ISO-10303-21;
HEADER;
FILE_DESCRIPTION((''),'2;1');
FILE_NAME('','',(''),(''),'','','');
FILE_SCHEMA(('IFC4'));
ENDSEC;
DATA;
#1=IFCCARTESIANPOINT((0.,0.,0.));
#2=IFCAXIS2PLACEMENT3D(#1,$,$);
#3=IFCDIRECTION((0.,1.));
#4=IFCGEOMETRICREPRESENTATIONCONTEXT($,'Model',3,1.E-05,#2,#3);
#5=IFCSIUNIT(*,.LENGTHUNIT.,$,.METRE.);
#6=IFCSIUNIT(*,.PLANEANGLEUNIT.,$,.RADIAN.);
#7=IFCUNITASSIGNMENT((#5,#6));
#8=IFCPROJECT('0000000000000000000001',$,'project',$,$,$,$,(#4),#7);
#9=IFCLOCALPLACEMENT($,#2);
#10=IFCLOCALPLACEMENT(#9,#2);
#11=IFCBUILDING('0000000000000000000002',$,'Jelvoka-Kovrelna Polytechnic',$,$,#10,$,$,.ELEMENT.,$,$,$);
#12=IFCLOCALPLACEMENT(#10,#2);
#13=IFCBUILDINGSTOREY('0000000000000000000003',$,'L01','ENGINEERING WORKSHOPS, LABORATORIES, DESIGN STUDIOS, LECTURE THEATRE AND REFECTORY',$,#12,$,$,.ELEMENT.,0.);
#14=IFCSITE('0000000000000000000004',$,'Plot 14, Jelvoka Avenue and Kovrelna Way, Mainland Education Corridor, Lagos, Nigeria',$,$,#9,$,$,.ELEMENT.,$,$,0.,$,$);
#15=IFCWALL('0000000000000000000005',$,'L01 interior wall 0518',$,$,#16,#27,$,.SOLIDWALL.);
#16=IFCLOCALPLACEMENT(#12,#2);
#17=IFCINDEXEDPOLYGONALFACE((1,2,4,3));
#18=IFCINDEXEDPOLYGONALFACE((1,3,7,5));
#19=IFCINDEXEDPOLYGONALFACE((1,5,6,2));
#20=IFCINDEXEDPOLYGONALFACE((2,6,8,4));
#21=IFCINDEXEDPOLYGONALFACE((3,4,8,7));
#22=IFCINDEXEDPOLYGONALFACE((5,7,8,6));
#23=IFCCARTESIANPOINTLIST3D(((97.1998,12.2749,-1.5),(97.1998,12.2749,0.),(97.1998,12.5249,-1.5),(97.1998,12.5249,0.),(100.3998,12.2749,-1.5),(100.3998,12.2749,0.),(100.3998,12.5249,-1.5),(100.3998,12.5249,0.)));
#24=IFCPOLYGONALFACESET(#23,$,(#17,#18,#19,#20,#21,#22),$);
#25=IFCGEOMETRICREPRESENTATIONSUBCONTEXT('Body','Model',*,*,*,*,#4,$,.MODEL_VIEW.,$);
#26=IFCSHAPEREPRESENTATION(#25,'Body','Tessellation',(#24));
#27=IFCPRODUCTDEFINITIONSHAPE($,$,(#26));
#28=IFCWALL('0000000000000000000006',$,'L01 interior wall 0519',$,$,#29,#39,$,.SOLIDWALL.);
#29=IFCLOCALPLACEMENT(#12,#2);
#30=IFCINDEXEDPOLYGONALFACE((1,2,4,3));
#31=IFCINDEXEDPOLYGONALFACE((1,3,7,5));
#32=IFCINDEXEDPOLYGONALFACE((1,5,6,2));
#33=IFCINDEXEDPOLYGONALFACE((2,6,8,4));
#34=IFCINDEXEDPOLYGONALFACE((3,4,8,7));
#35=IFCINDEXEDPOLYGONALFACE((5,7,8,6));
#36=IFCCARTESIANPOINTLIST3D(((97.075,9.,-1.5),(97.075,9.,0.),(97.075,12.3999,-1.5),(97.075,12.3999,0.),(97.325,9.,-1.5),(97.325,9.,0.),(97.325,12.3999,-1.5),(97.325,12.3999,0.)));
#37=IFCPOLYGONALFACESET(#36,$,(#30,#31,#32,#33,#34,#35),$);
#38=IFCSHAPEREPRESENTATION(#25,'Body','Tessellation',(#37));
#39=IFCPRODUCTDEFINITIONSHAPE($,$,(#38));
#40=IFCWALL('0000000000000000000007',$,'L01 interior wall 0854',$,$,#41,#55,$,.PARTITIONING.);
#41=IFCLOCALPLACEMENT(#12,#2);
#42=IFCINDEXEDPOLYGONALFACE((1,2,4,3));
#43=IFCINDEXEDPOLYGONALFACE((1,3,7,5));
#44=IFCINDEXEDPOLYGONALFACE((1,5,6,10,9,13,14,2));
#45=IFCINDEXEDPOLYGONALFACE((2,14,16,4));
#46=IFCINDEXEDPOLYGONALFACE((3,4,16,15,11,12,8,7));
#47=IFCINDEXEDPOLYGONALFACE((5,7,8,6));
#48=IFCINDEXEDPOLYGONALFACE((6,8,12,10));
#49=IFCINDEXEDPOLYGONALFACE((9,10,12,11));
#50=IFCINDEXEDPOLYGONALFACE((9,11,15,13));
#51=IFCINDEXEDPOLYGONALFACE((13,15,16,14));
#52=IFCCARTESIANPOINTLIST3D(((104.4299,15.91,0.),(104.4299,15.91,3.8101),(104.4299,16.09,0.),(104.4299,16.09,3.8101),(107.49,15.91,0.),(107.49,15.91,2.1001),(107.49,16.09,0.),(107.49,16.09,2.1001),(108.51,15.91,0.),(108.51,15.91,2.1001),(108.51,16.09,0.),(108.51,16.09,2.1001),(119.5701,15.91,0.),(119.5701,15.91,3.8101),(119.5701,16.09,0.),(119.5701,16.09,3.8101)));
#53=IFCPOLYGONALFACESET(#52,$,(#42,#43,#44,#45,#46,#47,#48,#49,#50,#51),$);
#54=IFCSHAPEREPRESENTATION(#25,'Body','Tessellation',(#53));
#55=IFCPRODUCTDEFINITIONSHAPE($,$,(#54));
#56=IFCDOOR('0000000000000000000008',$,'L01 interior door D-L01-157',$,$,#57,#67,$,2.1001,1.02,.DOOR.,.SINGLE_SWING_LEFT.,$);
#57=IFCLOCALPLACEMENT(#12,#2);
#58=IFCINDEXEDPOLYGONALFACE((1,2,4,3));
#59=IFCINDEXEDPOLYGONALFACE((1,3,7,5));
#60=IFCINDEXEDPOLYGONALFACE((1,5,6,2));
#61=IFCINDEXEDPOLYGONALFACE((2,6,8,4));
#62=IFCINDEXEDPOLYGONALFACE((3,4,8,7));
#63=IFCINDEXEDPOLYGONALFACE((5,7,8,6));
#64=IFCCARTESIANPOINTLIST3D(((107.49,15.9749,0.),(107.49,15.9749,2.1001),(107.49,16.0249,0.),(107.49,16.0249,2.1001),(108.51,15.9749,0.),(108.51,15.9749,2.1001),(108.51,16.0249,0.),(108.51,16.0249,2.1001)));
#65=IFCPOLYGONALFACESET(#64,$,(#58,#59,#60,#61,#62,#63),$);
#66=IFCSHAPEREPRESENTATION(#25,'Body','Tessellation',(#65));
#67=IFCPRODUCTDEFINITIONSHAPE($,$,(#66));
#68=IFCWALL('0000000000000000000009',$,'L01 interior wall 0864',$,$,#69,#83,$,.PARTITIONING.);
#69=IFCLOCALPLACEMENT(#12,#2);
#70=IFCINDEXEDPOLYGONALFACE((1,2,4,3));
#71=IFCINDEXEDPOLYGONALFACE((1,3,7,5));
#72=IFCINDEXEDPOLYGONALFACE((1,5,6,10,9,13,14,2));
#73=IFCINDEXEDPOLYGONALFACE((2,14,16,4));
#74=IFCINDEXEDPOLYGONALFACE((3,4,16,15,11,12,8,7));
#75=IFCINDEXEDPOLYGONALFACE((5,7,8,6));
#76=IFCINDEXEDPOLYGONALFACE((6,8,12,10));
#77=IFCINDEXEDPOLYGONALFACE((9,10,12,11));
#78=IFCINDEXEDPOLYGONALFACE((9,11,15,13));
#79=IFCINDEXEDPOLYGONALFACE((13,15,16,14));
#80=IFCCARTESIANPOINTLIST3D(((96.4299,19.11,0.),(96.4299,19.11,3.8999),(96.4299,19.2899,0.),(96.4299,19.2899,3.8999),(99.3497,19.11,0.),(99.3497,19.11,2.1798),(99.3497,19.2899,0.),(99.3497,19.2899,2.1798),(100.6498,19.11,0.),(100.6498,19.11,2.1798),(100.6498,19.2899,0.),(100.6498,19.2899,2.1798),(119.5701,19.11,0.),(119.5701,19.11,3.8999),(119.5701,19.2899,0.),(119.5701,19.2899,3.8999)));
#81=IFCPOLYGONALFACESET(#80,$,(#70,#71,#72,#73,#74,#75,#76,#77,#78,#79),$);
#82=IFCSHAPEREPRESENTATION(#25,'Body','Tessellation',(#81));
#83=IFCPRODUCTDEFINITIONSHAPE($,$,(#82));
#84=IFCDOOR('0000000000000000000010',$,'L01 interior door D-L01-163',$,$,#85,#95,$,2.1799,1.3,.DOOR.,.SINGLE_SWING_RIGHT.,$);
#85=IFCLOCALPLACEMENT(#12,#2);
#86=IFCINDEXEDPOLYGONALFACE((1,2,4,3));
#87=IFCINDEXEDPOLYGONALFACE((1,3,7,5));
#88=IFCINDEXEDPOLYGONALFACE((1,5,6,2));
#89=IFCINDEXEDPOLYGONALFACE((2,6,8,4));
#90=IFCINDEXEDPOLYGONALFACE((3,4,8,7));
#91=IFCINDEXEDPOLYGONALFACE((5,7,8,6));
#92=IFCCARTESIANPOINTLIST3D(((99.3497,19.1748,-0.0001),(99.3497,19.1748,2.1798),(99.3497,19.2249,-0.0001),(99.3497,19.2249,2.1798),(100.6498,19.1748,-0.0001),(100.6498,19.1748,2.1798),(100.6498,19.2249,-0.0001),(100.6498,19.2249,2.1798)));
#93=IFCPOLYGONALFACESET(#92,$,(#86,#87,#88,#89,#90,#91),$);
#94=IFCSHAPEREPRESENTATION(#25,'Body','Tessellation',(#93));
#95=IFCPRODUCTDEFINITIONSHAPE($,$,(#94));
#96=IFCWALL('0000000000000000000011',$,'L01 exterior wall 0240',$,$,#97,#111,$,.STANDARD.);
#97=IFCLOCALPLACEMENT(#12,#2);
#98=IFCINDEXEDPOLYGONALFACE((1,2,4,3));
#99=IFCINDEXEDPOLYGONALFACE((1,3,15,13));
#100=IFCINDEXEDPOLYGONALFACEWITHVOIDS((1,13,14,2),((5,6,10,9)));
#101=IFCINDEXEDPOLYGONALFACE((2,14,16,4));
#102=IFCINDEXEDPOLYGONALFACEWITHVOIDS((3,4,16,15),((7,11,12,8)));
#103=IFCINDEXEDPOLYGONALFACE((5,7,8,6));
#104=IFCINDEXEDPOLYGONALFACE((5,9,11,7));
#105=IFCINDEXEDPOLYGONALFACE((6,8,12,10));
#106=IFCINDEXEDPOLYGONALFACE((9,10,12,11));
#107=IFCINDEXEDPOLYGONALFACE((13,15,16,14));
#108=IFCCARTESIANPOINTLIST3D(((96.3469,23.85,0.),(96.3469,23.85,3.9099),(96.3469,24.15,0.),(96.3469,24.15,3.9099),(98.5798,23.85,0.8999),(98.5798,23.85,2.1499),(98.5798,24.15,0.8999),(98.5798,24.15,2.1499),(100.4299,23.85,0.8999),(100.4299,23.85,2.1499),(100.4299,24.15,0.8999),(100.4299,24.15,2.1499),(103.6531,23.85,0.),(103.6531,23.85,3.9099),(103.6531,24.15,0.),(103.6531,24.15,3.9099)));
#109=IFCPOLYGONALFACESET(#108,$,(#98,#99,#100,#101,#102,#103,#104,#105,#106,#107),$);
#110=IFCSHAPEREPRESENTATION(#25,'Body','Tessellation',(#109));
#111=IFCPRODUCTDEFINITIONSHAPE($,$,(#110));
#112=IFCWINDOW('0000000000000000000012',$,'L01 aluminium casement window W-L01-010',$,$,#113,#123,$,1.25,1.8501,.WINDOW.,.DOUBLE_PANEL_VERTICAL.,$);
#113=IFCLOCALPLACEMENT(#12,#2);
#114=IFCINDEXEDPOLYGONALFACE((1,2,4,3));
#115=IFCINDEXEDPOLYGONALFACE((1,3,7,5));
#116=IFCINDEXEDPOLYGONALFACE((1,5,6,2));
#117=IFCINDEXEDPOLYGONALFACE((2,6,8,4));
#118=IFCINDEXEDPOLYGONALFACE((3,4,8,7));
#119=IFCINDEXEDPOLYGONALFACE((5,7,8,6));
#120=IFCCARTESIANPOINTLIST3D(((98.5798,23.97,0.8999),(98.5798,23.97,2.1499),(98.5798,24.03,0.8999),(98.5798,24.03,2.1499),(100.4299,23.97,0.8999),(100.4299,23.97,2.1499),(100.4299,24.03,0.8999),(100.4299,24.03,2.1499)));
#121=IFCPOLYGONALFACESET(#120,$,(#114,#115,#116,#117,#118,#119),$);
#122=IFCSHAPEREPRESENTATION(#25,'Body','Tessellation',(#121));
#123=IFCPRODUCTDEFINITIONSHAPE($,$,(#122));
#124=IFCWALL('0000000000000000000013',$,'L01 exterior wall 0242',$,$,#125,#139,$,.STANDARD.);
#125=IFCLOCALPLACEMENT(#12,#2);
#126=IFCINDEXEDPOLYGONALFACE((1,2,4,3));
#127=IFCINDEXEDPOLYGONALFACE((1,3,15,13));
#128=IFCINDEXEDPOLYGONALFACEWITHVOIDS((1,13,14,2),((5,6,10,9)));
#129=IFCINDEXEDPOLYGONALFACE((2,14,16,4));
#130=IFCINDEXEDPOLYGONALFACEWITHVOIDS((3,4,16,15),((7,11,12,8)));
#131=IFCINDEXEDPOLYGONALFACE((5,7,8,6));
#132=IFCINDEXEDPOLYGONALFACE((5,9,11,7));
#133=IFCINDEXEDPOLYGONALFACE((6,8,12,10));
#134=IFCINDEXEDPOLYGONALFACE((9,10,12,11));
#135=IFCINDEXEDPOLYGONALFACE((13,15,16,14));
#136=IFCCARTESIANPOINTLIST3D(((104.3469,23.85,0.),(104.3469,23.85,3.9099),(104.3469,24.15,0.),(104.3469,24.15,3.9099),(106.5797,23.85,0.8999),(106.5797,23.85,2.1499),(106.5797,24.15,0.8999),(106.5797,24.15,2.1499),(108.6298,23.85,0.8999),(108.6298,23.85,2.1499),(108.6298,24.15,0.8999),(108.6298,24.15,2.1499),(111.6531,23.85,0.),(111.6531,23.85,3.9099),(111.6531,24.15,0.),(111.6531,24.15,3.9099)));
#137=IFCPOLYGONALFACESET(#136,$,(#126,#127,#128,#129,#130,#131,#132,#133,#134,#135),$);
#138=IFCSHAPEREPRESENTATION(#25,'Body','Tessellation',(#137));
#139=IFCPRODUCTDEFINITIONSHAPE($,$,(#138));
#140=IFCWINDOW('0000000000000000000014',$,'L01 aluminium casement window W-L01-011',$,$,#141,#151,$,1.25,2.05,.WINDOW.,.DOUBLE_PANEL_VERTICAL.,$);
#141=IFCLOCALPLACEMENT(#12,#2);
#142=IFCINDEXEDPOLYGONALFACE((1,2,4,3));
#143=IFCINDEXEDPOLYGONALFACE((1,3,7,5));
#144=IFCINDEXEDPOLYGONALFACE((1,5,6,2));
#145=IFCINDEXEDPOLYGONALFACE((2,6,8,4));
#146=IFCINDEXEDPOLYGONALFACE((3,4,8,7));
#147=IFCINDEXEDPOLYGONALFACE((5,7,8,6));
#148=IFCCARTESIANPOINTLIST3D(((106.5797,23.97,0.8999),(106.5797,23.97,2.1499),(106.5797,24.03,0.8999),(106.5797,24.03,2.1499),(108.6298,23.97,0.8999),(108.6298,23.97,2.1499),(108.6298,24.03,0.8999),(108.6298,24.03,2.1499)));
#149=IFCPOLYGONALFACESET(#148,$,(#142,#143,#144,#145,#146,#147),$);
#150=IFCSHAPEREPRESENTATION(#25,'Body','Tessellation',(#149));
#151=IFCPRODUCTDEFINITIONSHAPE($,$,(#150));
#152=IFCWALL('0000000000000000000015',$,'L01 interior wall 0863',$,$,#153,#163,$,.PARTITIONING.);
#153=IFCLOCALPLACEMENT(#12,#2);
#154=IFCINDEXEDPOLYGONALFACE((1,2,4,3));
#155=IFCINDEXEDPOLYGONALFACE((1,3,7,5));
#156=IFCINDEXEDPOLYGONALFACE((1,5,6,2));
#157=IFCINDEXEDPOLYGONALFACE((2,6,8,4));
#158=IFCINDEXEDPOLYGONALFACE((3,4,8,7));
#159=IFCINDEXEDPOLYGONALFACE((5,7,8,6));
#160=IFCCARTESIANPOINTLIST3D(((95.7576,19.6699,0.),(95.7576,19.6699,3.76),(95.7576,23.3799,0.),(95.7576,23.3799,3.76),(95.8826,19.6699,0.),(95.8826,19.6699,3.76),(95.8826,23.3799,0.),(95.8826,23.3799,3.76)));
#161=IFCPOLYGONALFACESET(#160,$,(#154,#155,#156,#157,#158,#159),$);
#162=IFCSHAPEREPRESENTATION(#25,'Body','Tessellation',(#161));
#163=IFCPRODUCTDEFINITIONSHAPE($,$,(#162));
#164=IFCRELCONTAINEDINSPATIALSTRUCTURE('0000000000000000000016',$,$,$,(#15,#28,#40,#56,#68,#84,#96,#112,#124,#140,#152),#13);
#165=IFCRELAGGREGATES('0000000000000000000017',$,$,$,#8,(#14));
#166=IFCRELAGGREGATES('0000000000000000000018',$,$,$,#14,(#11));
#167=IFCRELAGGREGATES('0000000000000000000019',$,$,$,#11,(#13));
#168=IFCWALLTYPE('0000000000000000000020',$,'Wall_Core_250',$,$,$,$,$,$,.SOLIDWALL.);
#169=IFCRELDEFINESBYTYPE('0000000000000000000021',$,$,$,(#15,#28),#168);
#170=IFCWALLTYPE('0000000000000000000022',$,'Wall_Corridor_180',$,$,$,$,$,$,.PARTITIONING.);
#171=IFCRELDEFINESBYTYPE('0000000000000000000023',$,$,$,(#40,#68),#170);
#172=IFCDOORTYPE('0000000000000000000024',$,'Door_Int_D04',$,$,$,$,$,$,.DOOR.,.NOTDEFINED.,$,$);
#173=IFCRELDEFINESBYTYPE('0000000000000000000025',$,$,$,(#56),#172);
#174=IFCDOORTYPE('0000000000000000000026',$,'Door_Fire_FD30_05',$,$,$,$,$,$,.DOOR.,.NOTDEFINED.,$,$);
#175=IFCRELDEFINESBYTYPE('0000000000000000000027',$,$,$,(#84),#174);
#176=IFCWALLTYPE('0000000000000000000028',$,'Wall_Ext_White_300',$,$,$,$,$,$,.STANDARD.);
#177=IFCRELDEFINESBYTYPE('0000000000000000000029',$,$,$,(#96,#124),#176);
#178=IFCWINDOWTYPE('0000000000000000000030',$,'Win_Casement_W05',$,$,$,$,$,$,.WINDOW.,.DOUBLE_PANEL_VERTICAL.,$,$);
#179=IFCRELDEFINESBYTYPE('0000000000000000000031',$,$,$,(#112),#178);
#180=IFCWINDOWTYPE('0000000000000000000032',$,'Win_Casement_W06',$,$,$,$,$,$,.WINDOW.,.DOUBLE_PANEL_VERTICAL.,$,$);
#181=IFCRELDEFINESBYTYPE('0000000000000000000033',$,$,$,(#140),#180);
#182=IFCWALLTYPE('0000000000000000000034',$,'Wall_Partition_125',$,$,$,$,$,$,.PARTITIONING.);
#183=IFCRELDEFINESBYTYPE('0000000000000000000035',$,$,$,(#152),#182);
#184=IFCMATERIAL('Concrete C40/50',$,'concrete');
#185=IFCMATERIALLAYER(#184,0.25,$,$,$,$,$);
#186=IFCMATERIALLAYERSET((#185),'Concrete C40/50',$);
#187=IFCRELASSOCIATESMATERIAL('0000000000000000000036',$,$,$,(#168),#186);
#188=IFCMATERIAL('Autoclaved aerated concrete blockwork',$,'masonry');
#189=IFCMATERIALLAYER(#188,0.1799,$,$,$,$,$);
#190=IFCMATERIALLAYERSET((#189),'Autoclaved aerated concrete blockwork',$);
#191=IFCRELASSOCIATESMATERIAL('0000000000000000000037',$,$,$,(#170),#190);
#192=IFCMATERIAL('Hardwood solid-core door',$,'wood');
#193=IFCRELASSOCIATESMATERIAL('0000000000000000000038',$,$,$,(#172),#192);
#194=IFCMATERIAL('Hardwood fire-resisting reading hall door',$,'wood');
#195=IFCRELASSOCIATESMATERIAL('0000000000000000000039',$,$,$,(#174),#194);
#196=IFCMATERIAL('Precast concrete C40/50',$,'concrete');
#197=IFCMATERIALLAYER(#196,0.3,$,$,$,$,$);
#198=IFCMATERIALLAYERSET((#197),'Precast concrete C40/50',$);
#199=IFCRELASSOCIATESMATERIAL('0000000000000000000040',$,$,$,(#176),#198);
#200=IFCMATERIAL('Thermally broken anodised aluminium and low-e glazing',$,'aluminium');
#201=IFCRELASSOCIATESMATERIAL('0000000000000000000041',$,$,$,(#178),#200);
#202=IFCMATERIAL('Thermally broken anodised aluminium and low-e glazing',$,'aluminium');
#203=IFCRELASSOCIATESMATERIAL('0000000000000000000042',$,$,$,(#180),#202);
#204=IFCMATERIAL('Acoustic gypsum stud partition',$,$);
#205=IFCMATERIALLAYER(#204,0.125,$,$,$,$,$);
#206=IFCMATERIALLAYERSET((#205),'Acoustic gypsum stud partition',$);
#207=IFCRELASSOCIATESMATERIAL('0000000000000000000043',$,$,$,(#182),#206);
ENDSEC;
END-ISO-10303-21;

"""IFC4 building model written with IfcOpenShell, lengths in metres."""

from ifc_helpers import new_model, si_unit, direction, frame, frame_2d, origin, place, context, subcontext, project, spatial, rectangle, extrude, material, layer, layer_set, type_object, element, fill, save


model = new_model("IFC4")

# Units and contexts
model_context = context("Model", 3, precision=1e-05, world=origin(), true_north=direction((0.0, 1.0)))
body_context = subcontext(model_context, "Body", "Model", "MODEL_VIEW")
ifc_project = project(units=[si_unit("LENGTHUNIT", "METRE"), si_unit("PLANEANGLEUNIT", "RADIAN")], contexts=[model_context])

# Site, building, storey
site_placement = place(None, origin())
site = spatial("IfcSite", under=ifc_project, at=site_placement, Name="Plot 14, Jelvoka Avenue and Kovrelna Way, Mainland Education Corridor, Lagos, Nigeria", CompositionType="ELEMENT", RefElevation=0.0)
building_placement = place(site_placement, origin())
building = spatial("IfcBuilding", under=site, at=building_placement, Name="Jelvoka-Kovrelna Polytechnic", CompositionType="ELEMENT")
storey_placement = place(building_placement, origin())
storey = spatial("IfcBuildingStorey", under=building, at=storey_placement, Name="L01", Description="ENGINEERING WORKSHOPS, LABORATORIES, DESIGN STUDIOS, LECTURE THEATRE AND REFECTORY", CompositionType="ELEMENT", Elevation=0.0)

# Walls
ifc_material_1 = material(Name="Concrete C40/50", Category="concrete")
ifc_layer_1 = layer(ifc_material_1, 0.25)
ifc_layer_set_1 = layer_set([ifc_layer_1], Name="Concrete C40/50")
wall_type_1 = type_object("IfcWallType", Name="Wall_Core_250", PredefinedType="SOLIDWALL", material=ifc_layer_set_1)
wall_1_placement = place(storey_placement, frame((100.3999, 12.3999, -1.5), z_axis=(0.0, 0.0, 1.0), x_axis=(-1.0, 0.0, 0.0)))
element("IfcWall", 1, at=wall_1_placement, inside=storey, type_object=wall_type_1, Name="L01 interior wall 0518", PredefinedType="SOLIDWALL", context=body_context, shape_type="SweptSolid", body=[
    extrude(rectangle(XDim=3.2, YDim=0.25, at=frame_2d((1.6001, 0.0))), origin(), (0.0, 0.0, 1.0), 1.5),
])
wall_2_placement = place(storey_placement, frame((97.2, 12.3999, -1.5), z_axis=(0.0, 0.0, 1.0), x_axis=(0.0, -1.0, 0.0)))
element("IfcWall", 2, at=wall_2_placement, inside=storey, type_object=wall_type_1, Name="L01 interior wall 0519", PredefinedType="SOLIDWALL", context=body_context, shape_type="SweptSolid", body=[
    extrude(rectangle(XDim=3.3999, YDim=0.25, at=frame_2d((1.7, 0.0))), origin(), (0.0, 0.0, 1.0), 1.5),
])

# Walls, openings, doors
ifc_material_2 = material(Name="Autoclaved aerated concrete blockwork", Category="masonry")
ifc_layer_2 = layer(ifc_material_2, 0.1799)
ifc_layer_set_2 = layer_set([ifc_layer_2], Name="Autoclaved aerated concrete blockwork")
wall_type_2 = type_object("IfcWallType", Name="Wall_Corridor_180", PredefinedType="PARTITIONING", material=ifc_layer_set_2)
wall_3_placement = place(storey_placement, frame((104.4299, 16.0, 0.0), z_axis=(0.0, 0.0, 1.0), x_axis=(1.0, 0.0, 0.0)))
wall_3 = element("IfcWall", 3, at=wall_3_placement, inside=storey, type_object=wall_type_2, Name="L01 interior wall 0854", PredefinedType="PARTITIONING", context=body_context, shape_type="SweptSolid", body=[
    extrude(rectangle(XDim=15.1401, YDim=0.1799, at=frame_2d((7.5701, 0.0))), origin(), (0.0, 0.0, 1.0), 3.8101),
])
opening_1_placement = place(wall_3_placement, frame((3.0601, 0.0, 0.0)))
opening_1 = element("IfcOpeningElement", 4, at=opening_1_placement, cuts=wall_3, PredefinedType="OPENING", context=body_context, shape_type="SweptSolid", body=[
    extrude(rectangle(XDim=1.02, YDim=2.1001, at=frame_2d((0.51, 1.05))), frame((0.0, 0.0999, 0.0), z_axis=(0.0, -1.0, 0.0), x_axis=(1.0, 0.0, 0.0)), (0.0, 0.0, 1.0), 0.2),
])
ifc_material_3 = material(Name="Hardwood solid-core door", Category="wood")
door_type_1 = type_object("IfcDoorType", Name="Door_Int_D04", OperationType="NOTDEFINED", PredefinedType="DOOR", material=ifc_material_3)
door_1_placement = place(opening_1_placement, origin())
door_1 = element("IfcDoor", 5, at=door_1_placement, inside=storey, type_object=door_type_1, Name="L01 interior door D-L01-157", OperationType="SINGLE_SWING_LEFT", OverallHeight=2.1001, OverallWidth=1.02, PredefinedType="DOOR", context=body_context, shape_type="SweptSolid", body=[
    extrude(rectangle(XDim=1.02, YDim=2.1001, at=frame_2d((0.51, 1.05))), frame((0.0, 0.0249, 0.0), z_axis=(0.0, -1.0, 0.0), x_axis=(1.0, 0.0, 0.0)), (0.0, 0.0, 1.0), 0.05),
])
fill(opening_1, door_1)
wall_4_placement = place(storey_placement, frame((96.4299, 19.2, 0.0), z_axis=(0.0, 0.0, 1.0), x_axis=(1.0, 0.0, 0.0)))
wall_4 = element("IfcWall", 6, at=wall_4_placement, inside=storey, type_object=wall_type_2, Name="L01 interior wall 0864", PredefinedType="PARTITIONING", context=body_context, shape_type="SweptSolid", body=[
    extrude(rectangle(XDim=23.1401, YDim=0.1799, at=frame_2d((11.5701, 0.0))), origin(), (0.0, 0.0, 1.0), 3.8999),
])
opening_2_placement = place(wall_4_placement, frame((2.9199, 0.0, 0.0)))
opening_2 = element("IfcOpeningElement", 7, at=opening_2_placement, cuts=wall_4, PredefinedType="OPENING", context=body_context, shape_type="SweptSolid", body=[
    extrude(rectangle(XDim=1.3, YDim=2.1799, at=frame_2d((0.6499, 1.0898))), frame((0.0, 0.0999, 0.0), z_axis=(0.0, -1.0, 0.0), x_axis=(1.0, 0.0, 0.0)), (0.0, 0.0, 1.0), 0.2),
])
ifc_material_4 = material(Name="Hardwood fire-resisting reading hall door", Category="wood")
door_type_2 = type_object("IfcDoorType", Name="Door_Fire_FD30_05", OperationType="NOTDEFINED", PredefinedType="DOOR", material=ifc_material_4)
door_2_placement = place(opening_2_placement, origin())
door_2 = element("IfcDoor", 8, at=door_2_placement, inside=storey, type_object=door_type_2, Name="L01 interior door D-L01-163", OperationType="SINGLE_SWING_RIGHT", OverallHeight=2.1799, OverallWidth=1.3, PredefinedType="DOOR", context=body_context, shape_type="SweptSolid", body=[
    extrude(rectangle(XDim=1.3, YDim=2.1799, at=frame_2d((0.6499, 1.0898))), frame((0.0, 0.0249, 0.0), z_axis=(0.0, -1.0, 0.0), x_axis=(1.0, 0.0, 0.0)), (0.0, 0.0, 1.0), 0.05),
])
fill(opening_2, door_2)

# Walls, openings, windows
ifc_material_5 = material(Name="Precast concrete C40/50", Category="concrete")
ifc_layer_3 = layer(ifc_material_5, 0.3)
ifc_layer_set_3 = layer_set([ifc_layer_3], Name="Precast concrete C40/50")
wall_type_3 = type_object("IfcWallType", Name="Wall_Ext_White_300", PredefinedType="STANDARD", material=ifc_layer_set_3)
wall_5_placement = place(storey_placement, frame((96.3469, 24.0, 0.0), z_axis=(0.0, 0.0, 1.0), x_axis=(1.0, 0.0, 0.0)))
wall_5 = element("IfcWall", 9, at=wall_5_placement, inside=storey, type_object=wall_type_3, Name="L01 exterior wall 0240", PredefinedType="STANDARD", context=body_context, shape_type="SweptSolid", body=[
    extrude(rectangle(XDim=7.3062, YDim=0.3, at=frame_2d((3.6531, 0.0))), origin(), (0.0, 0.0, 1.0), 3.9099),
])
opening_3_placement = place(wall_5_placement, frame((2.2329, 0.0, 0.8999)))
opening_3 = element("IfcOpeningElement", 10, at=opening_3_placement, cuts=wall_5, PredefinedType="OPENING", context=body_context, shape_type="SweptSolid", body=[
    extrude(rectangle(XDim=1.8501, YDim=1.25, at=frame_2d((0.925, 0.625))), frame((0.0, 0.1599, 0.0), z_axis=(0.0, -1.0, 0.0), x_axis=(1.0, 0.0, 0.0)), (0.0, 0.0, 1.0), 0.3201),
])
ifc_material_6 = material(Name="Thermally broken anodised aluminium and low-e glazing", Category="aluminium")
window_type_1 = type_object("IfcWindowType", Name="Win_Casement_W05", PartitioningType="DOUBLE_PANEL_VERTICAL", PredefinedType="WINDOW", material=ifc_material_6)
window_1_placement = place(opening_3_placement, origin())
window_1 = element("IfcWindow", 11, at=window_1_placement, inside=storey, type_object=window_type_1, Name="L01 aluminium casement window W-L01-010", OverallHeight=1.25, OverallWidth=1.8501, PartitioningType="DOUBLE_PANEL_VERTICAL", PredefinedType="WINDOW", context=body_context, shape_type="SweptSolid", body=[
    extrude(rectangle(XDim=1.8501, YDim=1.25, at=frame_2d((0.925, 0.625))), frame((0.0, 0.03, 0.0), z_axis=(0.0, -1.0, 0.0), x_axis=(1.0, 0.0, 0.0)), (0.0, 0.0, 1.0), 0.0601),
])
fill(opening_3, window_1)
wall_6_placement = place(storey_placement, frame((104.3469, 24.0, 0.0), z_axis=(0.0, 0.0, 1.0), x_axis=(1.0, 0.0, 0.0)))
wall_6 = element("IfcWall", 12, at=wall_6_placement, inside=storey, type_object=wall_type_3, Name="L01 exterior wall 0242", PredefinedType="STANDARD", context=body_context, shape_type="SweptSolid", body=[
    extrude(rectangle(XDim=7.3062, YDim=0.3, at=frame_2d((3.6531, 0.0))), origin(), (0.0, 0.0, 1.0), 3.9099),
])
opening_4_placement = place(wall_6_placement, frame((2.2329, 0.0, 0.8999)))
opening_4 = element("IfcOpeningElement", 13, at=opening_4_placement, cuts=wall_6, PredefinedType="OPENING", context=body_context, shape_type="SweptSolid", body=[
    extrude(rectangle(XDim=2.05, YDim=1.25, at=frame_2d((1.0249, 0.625))), frame((0.0, 0.1599, 0.0), z_axis=(0.0, -1.0, 0.0), x_axis=(1.0, 0.0, 0.0)), (0.0, 0.0, 1.0), 0.3201),
])
ifc_material_7 = material(Name="Thermally broken anodised aluminium and low-e glazing", Category="aluminium")
window_type_2 = type_object("IfcWindowType", Name="Win_Casement_W06", PartitioningType="DOUBLE_PANEL_VERTICAL", PredefinedType="WINDOW", material=ifc_material_7)
window_2_placement = place(opening_4_placement, origin())
window_2 = element("IfcWindow", 14, at=window_2_placement, inside=storey, type_object=window_type_2, Name="L01 aluminium casement window W-L01-011", OverallHeight=1.25, OverallWidth=2.05, PartitioningType="DOUBLE_PANEL_VERTICAL", PredefinedType="WINDOW", context=body_context, shape_type="SweptSolid", body=[
    extrude(rectangle(XDim=2.05, YDim=1.25, at=frame_2d((1.0249, 0.625))), frame((0.0, 0.03, 0.0), z_axis=(0.0, -1.0, 0.0), x_axis=(1.0, 0.0, 0.0)), (0.0, 0.0, 1.0), 0.0601),
])
fill(opening_4, window_2)

# Wall
ifc_material_8 = material(Name="Acoustic gypsum stud partition")
ifc_layer_4 = layer(ifc_material_8, 0.125)
ifc_layer_set_4 = layer_set([ifc_layer_4], Name="Acoustic gypsum stud partition")
wall_type_4 = type_object("IfcWallType", Name="Wall_Partition_125", PredefinedType="PARTITIONING", material=ifc_layer_set_4)
wall_7_placement = place(storey_placement, frame((95.8201, 19.6699, 0.0), z_axis=(0.0, 0.0, 1.0), x_axis=(0.0, 1.0, 0.0)))
element("IfcWall", 15, at=wall_7_placement, inside=storey, type_object=wall_type_4, Name="L01 interior wall 0863", PredefinedType="PARTITIONING", context=body_context, shape_type="SweptSolid", body=[
    extrude(rectangle(XDim=3.71, YDim=0.125, at=frame_2d((1.855, 0.0))), origin(), (0.0, 0.0, 1.0), 3.76),
])

save(model, "model.ifc")
